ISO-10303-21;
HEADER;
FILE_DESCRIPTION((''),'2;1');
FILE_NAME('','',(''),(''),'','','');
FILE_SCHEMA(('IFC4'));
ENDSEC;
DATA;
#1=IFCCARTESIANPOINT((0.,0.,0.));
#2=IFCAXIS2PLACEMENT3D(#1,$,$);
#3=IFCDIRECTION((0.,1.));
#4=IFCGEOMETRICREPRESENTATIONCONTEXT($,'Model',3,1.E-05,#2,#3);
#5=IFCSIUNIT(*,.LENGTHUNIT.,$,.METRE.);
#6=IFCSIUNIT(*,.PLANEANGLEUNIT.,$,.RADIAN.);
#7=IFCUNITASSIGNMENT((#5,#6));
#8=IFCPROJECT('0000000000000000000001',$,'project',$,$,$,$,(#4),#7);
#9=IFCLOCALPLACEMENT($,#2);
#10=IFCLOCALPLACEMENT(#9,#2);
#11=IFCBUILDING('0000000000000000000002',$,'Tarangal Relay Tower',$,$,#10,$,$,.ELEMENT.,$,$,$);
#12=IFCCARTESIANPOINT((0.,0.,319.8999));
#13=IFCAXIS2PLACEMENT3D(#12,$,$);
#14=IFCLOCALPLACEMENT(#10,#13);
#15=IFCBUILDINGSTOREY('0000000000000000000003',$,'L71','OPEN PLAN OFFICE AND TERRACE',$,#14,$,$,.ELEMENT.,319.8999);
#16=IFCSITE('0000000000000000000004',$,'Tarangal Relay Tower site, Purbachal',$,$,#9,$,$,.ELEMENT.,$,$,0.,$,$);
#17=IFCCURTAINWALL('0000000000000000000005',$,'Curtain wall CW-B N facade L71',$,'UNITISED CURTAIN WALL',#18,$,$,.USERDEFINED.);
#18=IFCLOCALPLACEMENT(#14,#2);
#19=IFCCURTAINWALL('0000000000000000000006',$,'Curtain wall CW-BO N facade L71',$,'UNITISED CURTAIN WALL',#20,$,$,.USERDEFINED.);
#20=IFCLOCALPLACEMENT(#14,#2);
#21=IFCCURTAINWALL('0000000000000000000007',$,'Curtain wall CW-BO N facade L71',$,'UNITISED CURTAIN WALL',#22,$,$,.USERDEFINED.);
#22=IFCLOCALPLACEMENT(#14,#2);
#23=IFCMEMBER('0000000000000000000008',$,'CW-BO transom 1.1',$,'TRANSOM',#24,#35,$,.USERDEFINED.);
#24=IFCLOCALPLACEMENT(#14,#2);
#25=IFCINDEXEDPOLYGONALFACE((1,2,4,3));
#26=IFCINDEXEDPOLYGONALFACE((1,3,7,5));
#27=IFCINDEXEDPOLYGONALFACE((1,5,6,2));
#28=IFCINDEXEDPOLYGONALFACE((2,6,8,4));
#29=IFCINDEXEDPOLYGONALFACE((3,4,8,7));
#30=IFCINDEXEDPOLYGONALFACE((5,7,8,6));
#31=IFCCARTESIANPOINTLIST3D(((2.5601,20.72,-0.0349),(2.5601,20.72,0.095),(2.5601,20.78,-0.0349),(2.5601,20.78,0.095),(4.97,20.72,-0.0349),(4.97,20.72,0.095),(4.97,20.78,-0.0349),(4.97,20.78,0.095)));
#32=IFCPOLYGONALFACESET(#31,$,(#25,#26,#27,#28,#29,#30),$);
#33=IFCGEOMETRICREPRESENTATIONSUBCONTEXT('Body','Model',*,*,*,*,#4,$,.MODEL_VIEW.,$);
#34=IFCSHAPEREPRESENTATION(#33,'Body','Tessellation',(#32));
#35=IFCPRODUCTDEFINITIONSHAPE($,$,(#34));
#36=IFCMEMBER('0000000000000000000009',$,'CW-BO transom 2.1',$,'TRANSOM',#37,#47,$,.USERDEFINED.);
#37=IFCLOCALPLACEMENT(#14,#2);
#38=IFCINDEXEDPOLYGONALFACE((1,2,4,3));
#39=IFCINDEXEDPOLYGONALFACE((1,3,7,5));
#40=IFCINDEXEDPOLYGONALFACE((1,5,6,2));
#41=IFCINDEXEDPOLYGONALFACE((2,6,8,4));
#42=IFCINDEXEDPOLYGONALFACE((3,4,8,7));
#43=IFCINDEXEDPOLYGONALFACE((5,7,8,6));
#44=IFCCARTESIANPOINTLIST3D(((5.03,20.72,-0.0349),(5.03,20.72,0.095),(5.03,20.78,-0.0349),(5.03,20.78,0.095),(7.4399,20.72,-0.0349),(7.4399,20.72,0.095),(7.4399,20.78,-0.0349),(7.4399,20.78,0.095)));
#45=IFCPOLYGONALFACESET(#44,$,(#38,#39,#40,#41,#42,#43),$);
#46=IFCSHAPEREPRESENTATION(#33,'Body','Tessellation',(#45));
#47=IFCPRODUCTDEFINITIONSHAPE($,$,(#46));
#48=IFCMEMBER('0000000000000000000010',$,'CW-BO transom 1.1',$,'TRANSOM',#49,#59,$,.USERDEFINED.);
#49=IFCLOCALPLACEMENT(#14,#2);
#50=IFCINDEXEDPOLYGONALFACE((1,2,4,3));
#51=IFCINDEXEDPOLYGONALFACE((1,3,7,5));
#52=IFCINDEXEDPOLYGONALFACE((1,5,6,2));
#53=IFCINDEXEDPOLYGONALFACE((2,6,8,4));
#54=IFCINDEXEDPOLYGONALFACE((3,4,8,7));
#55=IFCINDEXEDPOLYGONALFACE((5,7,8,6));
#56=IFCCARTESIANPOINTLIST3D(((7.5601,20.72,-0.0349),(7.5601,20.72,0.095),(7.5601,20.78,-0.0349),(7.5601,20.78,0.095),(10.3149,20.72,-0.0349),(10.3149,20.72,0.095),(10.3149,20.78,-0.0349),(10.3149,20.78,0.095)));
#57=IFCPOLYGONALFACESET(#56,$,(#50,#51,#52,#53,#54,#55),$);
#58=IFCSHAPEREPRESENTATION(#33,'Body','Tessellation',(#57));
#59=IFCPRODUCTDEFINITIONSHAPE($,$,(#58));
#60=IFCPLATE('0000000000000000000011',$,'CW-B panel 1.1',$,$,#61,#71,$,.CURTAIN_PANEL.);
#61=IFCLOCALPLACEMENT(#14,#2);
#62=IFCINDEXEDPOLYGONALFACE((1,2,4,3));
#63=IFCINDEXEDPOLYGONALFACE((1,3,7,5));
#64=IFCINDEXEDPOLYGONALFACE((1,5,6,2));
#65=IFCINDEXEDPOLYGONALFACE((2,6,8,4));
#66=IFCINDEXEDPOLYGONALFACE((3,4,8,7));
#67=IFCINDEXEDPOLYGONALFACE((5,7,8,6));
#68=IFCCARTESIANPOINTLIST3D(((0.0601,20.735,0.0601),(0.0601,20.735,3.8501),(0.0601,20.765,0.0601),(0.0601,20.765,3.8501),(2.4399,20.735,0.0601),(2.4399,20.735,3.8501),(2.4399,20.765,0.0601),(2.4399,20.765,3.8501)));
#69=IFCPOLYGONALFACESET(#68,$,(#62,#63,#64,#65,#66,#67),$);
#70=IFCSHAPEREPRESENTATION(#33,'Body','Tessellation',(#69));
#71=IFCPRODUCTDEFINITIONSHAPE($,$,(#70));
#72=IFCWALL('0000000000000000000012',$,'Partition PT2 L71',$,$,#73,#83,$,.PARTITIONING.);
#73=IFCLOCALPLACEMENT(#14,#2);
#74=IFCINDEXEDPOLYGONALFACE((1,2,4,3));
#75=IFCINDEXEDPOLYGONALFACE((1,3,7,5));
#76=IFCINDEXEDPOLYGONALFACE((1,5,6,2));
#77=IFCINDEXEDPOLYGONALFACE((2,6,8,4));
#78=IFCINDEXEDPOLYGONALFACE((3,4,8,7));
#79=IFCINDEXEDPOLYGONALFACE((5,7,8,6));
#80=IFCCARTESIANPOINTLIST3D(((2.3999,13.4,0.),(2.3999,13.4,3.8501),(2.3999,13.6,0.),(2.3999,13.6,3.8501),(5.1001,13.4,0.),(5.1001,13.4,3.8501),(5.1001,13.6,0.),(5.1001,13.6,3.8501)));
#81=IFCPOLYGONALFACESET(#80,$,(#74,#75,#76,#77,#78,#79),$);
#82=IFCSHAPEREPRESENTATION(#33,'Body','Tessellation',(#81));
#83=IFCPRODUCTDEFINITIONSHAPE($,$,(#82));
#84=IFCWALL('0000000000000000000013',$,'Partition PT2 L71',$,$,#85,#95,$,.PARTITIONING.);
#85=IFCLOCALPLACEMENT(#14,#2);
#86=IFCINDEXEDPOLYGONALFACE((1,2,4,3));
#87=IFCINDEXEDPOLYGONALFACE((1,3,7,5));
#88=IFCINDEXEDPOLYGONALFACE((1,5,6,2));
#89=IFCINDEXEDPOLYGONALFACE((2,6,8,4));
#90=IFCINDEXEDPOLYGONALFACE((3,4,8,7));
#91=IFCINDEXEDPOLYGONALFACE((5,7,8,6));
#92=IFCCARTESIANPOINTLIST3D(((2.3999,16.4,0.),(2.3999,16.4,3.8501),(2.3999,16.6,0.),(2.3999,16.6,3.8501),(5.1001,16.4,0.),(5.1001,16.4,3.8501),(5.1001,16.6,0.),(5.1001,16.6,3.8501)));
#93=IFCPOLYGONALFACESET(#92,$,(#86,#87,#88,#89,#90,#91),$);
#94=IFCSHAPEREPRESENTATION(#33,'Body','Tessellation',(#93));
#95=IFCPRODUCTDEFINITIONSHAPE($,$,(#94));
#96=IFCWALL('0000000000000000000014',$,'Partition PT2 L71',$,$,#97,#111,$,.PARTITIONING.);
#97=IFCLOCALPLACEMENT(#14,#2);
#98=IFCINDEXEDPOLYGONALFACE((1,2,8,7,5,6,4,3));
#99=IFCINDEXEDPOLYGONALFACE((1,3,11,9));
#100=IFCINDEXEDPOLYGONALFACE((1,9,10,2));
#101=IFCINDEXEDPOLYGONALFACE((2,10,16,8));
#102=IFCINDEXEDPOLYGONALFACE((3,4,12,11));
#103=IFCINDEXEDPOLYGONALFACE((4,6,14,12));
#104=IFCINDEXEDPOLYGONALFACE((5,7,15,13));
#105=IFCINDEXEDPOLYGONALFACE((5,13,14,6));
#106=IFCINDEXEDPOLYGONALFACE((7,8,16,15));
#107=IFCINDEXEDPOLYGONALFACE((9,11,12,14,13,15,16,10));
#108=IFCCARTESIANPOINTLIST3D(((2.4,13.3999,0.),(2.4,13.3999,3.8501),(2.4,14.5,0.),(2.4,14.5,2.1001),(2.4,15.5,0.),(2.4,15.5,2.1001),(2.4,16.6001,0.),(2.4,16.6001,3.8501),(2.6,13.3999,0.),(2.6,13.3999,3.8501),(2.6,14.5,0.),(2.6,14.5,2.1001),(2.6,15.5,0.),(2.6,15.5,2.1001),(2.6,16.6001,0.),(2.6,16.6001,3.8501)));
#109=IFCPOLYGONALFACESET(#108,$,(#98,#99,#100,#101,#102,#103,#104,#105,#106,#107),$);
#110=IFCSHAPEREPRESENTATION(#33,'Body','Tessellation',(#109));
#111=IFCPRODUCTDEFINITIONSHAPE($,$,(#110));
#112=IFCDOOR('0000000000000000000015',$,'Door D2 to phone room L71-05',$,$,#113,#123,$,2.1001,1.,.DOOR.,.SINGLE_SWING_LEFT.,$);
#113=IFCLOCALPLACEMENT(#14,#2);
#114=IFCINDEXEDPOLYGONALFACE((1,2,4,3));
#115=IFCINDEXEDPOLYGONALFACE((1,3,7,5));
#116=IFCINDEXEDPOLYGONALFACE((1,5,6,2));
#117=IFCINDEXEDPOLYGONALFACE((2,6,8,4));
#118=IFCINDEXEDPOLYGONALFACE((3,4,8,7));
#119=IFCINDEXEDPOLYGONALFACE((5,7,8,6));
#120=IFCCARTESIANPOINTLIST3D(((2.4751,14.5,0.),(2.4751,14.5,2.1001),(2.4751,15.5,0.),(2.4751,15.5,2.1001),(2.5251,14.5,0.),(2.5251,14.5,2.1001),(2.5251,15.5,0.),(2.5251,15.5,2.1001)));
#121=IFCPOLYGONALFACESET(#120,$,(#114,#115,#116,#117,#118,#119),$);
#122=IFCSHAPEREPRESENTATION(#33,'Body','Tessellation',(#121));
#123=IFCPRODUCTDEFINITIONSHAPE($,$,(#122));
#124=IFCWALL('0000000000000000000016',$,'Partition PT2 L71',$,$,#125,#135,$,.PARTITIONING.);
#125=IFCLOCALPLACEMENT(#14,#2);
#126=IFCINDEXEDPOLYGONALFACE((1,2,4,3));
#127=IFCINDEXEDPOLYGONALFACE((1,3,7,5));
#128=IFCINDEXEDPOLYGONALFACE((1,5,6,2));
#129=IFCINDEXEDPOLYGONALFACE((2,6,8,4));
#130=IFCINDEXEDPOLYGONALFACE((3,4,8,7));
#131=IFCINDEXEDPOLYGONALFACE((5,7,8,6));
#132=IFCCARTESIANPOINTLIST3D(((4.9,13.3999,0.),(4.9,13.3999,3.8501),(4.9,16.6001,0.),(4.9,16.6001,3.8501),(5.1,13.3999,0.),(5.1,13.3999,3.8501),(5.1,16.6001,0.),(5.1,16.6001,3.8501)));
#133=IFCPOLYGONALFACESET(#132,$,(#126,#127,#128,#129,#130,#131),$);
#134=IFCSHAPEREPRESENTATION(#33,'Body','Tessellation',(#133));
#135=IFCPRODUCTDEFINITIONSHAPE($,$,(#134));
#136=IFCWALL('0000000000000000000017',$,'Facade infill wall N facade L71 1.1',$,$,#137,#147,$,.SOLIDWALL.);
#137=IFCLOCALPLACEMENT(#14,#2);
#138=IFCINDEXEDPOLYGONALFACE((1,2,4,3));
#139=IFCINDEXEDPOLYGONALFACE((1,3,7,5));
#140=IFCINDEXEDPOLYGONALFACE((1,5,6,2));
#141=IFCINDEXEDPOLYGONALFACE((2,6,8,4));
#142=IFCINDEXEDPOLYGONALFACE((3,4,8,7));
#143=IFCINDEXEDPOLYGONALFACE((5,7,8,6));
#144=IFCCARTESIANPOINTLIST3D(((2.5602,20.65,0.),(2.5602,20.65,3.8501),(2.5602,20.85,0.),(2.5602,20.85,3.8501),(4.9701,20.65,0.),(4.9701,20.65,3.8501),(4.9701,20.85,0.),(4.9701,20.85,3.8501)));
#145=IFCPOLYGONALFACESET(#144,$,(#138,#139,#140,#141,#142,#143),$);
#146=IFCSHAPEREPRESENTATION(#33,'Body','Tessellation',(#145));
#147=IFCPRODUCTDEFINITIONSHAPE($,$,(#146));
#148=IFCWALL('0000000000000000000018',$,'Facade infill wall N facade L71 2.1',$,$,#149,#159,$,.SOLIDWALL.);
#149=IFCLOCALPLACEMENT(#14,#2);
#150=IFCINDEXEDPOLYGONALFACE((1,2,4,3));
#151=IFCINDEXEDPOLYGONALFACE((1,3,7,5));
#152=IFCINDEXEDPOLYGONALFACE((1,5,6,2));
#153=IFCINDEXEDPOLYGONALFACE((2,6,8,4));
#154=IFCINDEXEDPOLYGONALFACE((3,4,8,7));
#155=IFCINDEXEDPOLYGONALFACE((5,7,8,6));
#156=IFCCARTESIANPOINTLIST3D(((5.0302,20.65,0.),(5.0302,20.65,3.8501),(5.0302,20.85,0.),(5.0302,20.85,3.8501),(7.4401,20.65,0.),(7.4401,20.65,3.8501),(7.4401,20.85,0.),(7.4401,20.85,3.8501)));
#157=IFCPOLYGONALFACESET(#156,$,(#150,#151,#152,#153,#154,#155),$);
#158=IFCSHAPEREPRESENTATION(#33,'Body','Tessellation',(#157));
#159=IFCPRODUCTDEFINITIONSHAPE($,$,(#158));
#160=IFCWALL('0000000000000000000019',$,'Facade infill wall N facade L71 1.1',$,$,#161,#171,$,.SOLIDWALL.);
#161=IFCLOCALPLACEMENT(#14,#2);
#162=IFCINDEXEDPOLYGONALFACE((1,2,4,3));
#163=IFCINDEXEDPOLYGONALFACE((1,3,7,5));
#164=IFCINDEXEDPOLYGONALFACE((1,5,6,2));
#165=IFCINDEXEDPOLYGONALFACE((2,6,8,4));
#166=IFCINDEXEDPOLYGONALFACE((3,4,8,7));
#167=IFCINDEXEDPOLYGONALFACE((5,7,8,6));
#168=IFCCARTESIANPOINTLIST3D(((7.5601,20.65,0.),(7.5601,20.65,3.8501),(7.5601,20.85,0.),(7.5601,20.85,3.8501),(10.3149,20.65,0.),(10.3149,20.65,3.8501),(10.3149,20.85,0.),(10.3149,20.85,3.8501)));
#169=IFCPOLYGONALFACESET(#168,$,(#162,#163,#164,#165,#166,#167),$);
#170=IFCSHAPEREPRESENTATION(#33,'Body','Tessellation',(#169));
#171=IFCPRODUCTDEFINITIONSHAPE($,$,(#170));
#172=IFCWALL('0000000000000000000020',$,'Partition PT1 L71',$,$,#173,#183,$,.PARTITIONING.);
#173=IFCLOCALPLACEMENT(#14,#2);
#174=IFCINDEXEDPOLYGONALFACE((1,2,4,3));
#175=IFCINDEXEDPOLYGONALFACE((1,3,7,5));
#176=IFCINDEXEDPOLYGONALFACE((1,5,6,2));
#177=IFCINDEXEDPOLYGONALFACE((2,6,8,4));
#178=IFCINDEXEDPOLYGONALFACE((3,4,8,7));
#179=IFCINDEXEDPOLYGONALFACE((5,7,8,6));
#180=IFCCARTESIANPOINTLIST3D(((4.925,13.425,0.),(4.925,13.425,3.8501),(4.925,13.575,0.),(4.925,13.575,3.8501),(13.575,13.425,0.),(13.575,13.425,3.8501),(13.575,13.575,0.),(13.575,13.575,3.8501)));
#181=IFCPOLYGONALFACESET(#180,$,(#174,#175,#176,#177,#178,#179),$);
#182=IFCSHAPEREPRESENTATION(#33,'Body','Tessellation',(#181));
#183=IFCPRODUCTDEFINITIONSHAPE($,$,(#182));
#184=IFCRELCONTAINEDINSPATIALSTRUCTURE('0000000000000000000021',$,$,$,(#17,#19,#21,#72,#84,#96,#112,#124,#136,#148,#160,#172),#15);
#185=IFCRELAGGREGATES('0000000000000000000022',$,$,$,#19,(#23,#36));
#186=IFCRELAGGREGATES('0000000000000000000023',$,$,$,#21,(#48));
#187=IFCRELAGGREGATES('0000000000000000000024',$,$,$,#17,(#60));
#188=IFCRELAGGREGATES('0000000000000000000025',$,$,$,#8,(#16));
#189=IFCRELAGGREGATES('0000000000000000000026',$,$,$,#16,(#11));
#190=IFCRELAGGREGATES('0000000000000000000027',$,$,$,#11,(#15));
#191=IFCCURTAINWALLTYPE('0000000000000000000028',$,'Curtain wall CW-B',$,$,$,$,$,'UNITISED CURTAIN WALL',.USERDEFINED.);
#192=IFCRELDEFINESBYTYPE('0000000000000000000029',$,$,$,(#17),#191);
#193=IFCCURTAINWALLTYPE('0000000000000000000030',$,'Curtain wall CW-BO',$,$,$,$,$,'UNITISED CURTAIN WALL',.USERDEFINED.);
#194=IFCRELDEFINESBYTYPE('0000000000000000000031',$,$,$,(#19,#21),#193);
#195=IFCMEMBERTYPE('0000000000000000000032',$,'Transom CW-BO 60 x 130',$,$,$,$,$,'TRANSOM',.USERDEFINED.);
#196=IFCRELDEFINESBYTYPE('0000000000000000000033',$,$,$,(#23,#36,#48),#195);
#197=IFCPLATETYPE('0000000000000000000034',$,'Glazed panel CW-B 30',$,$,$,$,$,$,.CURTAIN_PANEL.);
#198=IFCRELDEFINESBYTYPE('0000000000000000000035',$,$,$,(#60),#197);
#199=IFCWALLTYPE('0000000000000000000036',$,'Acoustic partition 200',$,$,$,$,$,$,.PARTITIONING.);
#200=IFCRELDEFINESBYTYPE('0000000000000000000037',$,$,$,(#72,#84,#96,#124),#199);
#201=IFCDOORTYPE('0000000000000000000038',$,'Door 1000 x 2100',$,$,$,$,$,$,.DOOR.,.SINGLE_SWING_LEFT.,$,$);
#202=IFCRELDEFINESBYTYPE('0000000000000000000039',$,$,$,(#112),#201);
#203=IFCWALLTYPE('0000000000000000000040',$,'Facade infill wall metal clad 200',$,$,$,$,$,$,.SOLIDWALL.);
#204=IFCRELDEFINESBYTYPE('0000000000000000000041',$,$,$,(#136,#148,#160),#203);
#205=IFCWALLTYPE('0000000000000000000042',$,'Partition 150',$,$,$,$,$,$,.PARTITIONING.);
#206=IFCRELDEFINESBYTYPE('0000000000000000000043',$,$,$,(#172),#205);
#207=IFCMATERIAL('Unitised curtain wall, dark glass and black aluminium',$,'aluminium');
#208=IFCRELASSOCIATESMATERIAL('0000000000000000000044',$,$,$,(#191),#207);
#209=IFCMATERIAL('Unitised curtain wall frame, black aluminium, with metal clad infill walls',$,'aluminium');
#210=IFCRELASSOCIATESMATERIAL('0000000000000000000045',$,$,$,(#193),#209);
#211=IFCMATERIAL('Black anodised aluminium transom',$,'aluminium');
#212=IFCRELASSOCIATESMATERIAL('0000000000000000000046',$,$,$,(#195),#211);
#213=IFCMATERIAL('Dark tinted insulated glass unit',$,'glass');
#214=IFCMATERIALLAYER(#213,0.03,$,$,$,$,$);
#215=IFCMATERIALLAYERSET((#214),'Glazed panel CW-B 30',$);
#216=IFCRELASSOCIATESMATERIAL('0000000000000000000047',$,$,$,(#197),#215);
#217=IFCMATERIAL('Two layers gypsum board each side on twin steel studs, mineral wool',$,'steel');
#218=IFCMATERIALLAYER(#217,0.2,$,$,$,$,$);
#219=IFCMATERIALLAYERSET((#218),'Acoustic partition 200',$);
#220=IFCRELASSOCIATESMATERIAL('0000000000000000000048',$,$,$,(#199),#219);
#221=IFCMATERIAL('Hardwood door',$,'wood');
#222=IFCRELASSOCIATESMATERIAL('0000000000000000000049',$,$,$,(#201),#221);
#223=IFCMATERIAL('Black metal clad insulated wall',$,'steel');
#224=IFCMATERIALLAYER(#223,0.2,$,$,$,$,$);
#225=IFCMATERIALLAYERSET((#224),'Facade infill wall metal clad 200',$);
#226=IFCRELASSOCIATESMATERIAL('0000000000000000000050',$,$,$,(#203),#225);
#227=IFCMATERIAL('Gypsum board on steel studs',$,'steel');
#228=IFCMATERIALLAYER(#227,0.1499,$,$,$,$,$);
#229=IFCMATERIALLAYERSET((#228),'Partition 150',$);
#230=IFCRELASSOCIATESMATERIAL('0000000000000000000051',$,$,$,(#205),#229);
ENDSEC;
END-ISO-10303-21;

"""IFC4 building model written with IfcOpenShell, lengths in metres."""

from ifc_helpers import new_model, si_unit, direction, frame, frame_2d, origin, origin_2d, place, context, subcontext, project, spatial, rectangle, extrude, material, layer, layer_set, material_profile, profile_set, type_object, element, fill, aggregate, save


model = new_model("IFC4")

# Units and contexts
model_context = context("Model", 3, precision=1e-05, world=origin(), true_north=direction((0.0, 1.0)))
body_context = subcontext(model_context, "Body", "Model", "MODEL_VIEW")
ifc_project = project(units=[si_unit("LENGTHUNIT", "METRE"), si_unit("PLANEANGLEUNIT", "RADIAN")], contexts=[model_context])

# Site, building, storey
site_placement = place(None, origin())
site = spatial("IfcSite", under=ifc_project, at=site_placement, Name="Tarangal Relay Tower site, Purbachal", CompositionType="ELEMENT", RefElevation=0.0)
building_placement = place(site_placement, origin())
building = spatial("IfcBuilding", under=site, at=building_placement, Name="Tarangal Relay Tower", CompositionType="ELEMENT")
storey_placement = place(building_placement, frame((0.0, 0.0, 319.8999)))
storey = spatial("IfcBuildingStorey", under=building, at=storey_placement, Name="L71", Description="OPEN PLAN OFFICE AND TERRACE", CompositionType="ELEMENT", Elevation=319.8999)

# Curtain wall
ifc_material_1 = material(Name="Unitised curtain wall, dark glass and black aluminium", Category="aluminium")
curtain_wall_type_1 = type_object("IfcCurtainWallType", Name="Curtain wall CW-B", ElementType="UNITISED CURTAIN WALL", PredefinedType="USERDEFINED", material=ifc_material_1)
curtain_wall_1_placement = place(storey_placement, origin())
curtain_wall_1 = element("IfcCurtainWall", 1, at=curtain_wall_1_placement, inside=storey, type_object=curtain_wall_type_1, Name="Curtain wall CW-B N facade L71", ObjectType="UNITISED CURTAIN WALL", PredefinedType="USERDEFINED")

# Curtain walls
ifc_material_2 = material(Name="Unitised curtain wall frame, black aluminium, with metal clad infill walls", Category="aluminium")
curtain_wall_type_2 = type_object("IfcCurtainWallType", Name="Curtain wall CW-BO", ElementType="UNITISED CURTAIN WALL", PredefinedType="USERDEFINED", material=ifc_material_2)
curtain_wall_2_placement = place(storey_placement, origin())
curtain_wall_2 = element("IfcCurtainWall", 2, at=curtain_wall_2_placement, inside=storey, type_object=curtain_wall_type_2, Name="Curtain wall CW-BO N facade L71", ObjectType="UNITISED CURTAIN WALL", PredefinedType="USERDEFINED")
curtain_wall_3_placement = place(storey_placement, origin())
curtain_wall_3 = element("IfcCurtainWall", 3, at=curtain_wall_3_placement, inside=storey, type_object=curtain_wall_type_2, Name="Curtain wall CW-BO N facade L71", ObjectType="UNITISED CURTAIN WALL", PredefinedType="USERDEFINED")

# Members
ifc_material_3 = material(Name="Black anodised aluminium transom", Category="aluminium")
ifc_material_profile_1 = material_profile(ifc_material_3, rectangle(XDim=0.0601, YDim=0.1299, at=origin_2d()), Name="CW-BOT 60X130")
ifc_profile_set_1 = profile_set([ifc_material_profile_1], Name="Black anodised aluminium transom")
member_type_1 = type_object("IfcMemberType", Name="Transom CW-BO 60 x 130", ElementType="TRANSOM", PredefinedType="USERDEFINED", material=ifc_profile_set_1)
member_1_placement = place(storey_placement, frame((2.5601, 20.75, 0.03), z_axis=(1.0, 0.0, 0.0), x_axis=(0.0, 1.0, 0.0)))
member_1 = element("IfcMember", 4, at=member_1_placement, type_object=member_type_1, Name="CW-BO transom 1.1", ObjectType="TRANSOM", PredefinedType="USERDEFINED", context=body_context, shape_type="SweptSolid", body=[
    extrude(rectangle(XDim=0.0601, YDim=0.1299, at=origin_2d()), origin(), (0.0, 0.0, 1.0), 2.4099),
])
member_2_placement = place(storey_placement, frame((5.03, 20.75, 0.03), z_axis=(1.0, 0.0, 0.0), x_axis=(0.0, 1.0, 0.0)))
member_2 = element("IfcMember", 5, at=member_2_placement, type_object=member_type_1, Name="CW-BO transom 2.1", ObjectType="TRANSOM", PredefinedType="USERDEFINED", context=body_context, shape_type="SweptSolid", body=[
    extrude(rectangle(XDim=0.0601, YDim=0.1299, at=origin_2d()), origin(), (0.0, 0.0, 1.0), 2.4099),
])
aggregate(curtain_wall_2, [member_1, member_2])
member_3_placement = place(storey_placement, frame((7.5601, 20.75, 0.03), z_axis=(1.0, 0.0, 0.0), x_axis=(0.0, 1.0, 0.0)))
member_3 = element("IfcMember", 6, at=member_3_placement, type_object=member_type_1, Name="CW-BO transom 1.1", ObjectType="TRANSOM", PredefinedType="USERDEFINED", context=body_context, shape_type="SweptSolid", body=[
    extrude(rectangle(XDim=0.0601, YDim=0.1299, at=origin_2d()), origin(), (0.0, 0.0, 1.0), 2.7549),
])
aggregate(curtain_wall_3, [member_3])

# Plate
ifc_material_4 = material(Name="Dark tinted insulated glass unit", Category="glass")
ifc_layer_1 = layer(ifc_material_4, 0.03)
ifc_layer_set_1 = layer_set([ifc_layer_1], Name="Glazed panel CW-B 30")
plate_type = type_object("IfcPlateType", Name="Glazed panel CW-B 30", PredefinedType="CURTAIN_PANEL", material=ifc_layer_set_1)
plate_placement = place(storey_placement, frame((1.25, 20.75, 0.0601), z_axis=(0.0, 0.0, 1.0), x_axis=(1.0, 0.0, 0.0)))
plate = element("IfcPlate", 7, at=plate_placement, type_object=plate_type, Name="CW-B panel 1.1", PredefinedType="CURTAIN_PANEL", context=body_context, shape_type="SweptSolid", body=[
    extrude(rectangle(XDim=2.3799, YDim=0.03, at=origin_2d()), origin(), (0.0, 0.0, 1.0), 3.79),
])
aggregate(curtain_wall_1, [plate])

# Walls
ifc_material_5 = material(Name="Two layers gypsum board each side on twin steel studs, mineral wool", Category="steel")
ifc_layer_2 = layer(ifc_material_5, 0.2)
ifc_layer_set_2 = layer_set([ifc_layer_2], Name="Acoustic partition 200")
wall_type_1 = type_object("IfcWallType", Name="Acoustic partition 200", PredefinedType="PARTITIONING", material=ifc_layer_set_2)
for number, where, z_axis, x_axis, name in (
    (8, (2.3999, 13.5, 0.0), (0.0, 0.0, 1.0), (1.0, 0.0, 0.0), "Partition PT2 L71"),
    (9, (2.3999, 16.5, 0.0), (0.0, 0.0, 1.0), (1.0, 0.0, 0.0), "Partition PT2 L71"),
):
    element("IfcWall", number, at=place(storey_placement, frame(where, z_axis=z_axis, x_axis=x_axis)), inside=storey, type_object=wall_type_1, Name=name, PredefinedType="PARTITIONING", context=body_context, shape_type="SweptSolid", body=[
        extrude(rectangle(XDim=2.7002, YDim=0.2, at=frame_2d((1.3501, 0.0))), origin(), (0.0, 0.0, 1.0), 3.8501),
    ])

# Wall, opening, door
wall_1_placement = place(storey_placement, frame((2.5, 13.3999, 0.0), z_axis=(0.0, 0.0, 1.0), x_axis=(0.0, 1.0, 0.0)))
wall_1 = element("IfcWall", 10, at=wall_1_placement, inside=storey, type_object=wall_type_1, Name="Partition PT2 L71", PredefinedType="PARTITIONING", context=body_context, shape_type="SweptSolid", body=[
    extrude(rectangle(XDim=3.2002, YDim=0.2, at=frame_2d((1.6001, 0.0))), origin(), (0.0, 0.0, 1.0), 3.8501),
])
opening_1_placement = place(wall_1_placement, frame((1.1001, 0.0, 0.0)))
opening_1 = element("IfcOpeningElement", 11, at=opening_1_placement, cuts=wall_1, PredefinedType="OPENING", context=body_context, shape_type="SweptSolid", body=[
    extrude(rectangle(XDim=1.0, YDim=2.1001, at=frame_2d((0.5, 1.05))), frame((0.0, 0.1099, 0.0), z_axis=(0.0, -1.0, 0.0), x_axis=(1.0, 0.0, 0.0)), (0.0, 0.0, 1.0), 0.22),
])
ifc_material_6 = material(Name="Hardwood door", Category="wood")
door_type = type_object("IfcDoorType", Name="Door 1000 x 2100", OperationType="SINGLE_SWING_LEFT", PredefinedType="DOOR", material=ifc_material_6)
door_1_placement = place(opening_1_placement, origin())
door_1 = element("IfcDoor", 12, at=door_1_placement, inside=storey, type_object=door_type, Name="Door D2 to phone room L71-05", OperationType="SINGLE_SWING_LEFT", OverallHeight=2.1001, OverallWidth=1.0, PredefinedType="DOOR", context=body_context, shape_type="SweptSolid", body=[
    extrude(rectangle(XDim=1.0, YDim=2.1001, at=frame_2d((0.5, 1.05))), frame((0.0, 0.0249, 0.0), z_axis=(0.0, -1.0, 0.0), x_axis=(1.0, 0.0, 0.0)), (0.0, 0.0, 1.0), 0.05),
])
fill(opening_1, door_1)

# Walls
wall_2_placement = place(storey_placement, frame((5.0, 13.3999, 0.0), z_axis=(0.0, 0.0, 1.0), x_axis=(0.0, 1.0, 0.0)))
element("IfcWall", 13, at=wall_2_placement, inside=storey, type_object=wall_type_1, Name="Partition PT2 L71", PredefinedType="PARTITIONING", context=body_context, shape_type="SweptSolid", body=[
    extrude(rectangle(XDim=3.2002, YDim=0.2, at=frame_2d((1.6001, 0.0))), origin(), (0.0, 0.0, 1.0), 3.8501),
])
ifc_material_7 = material(Name="Black metal clad insulated wall", Category="steel")
ifc_layer_3 = layer(ifc_material_7, 0.2)
ifc_layer_set_3 = layer_set([ifc_layer_3], Name="Facade infill wall metal clad 200")
wall_type_2 = type_object("IfcWallType", Name="Facade infill wall metal clad 200", PredefinedType="SOLIDWALL", material=ifc_layer_set_3)
for number, where, z_axis, x_axis, name in (
    (14, (2.5601, 20.75, 0.0), (0.0, 0.0, 1.0), (1.0, 0.0, 0.0), "Facade infill wall N facade L71 1.1"),
    (15, (5.03, 20.75, 0.0), (0.0, 0.0, 1.0), (1.0, 0.0, 0.0), "Facade infill wall N facade L71 2.1"),
):
    element("IfcWall", number, at=place(storey_placement, frame(where, z_axis=z_axis, x_axis=x_axis)), inside=storey, type_object=wall_type_2, Name=name, PredefinedType="SOLIDWALL", context=body_context, shape_type="SweptSolid", body=[
        extrude(rectangle(XDim=2.4099, YDim=0.2, at=frame_2d((1.2051, 0.0))), origin(), (0.0, 0.0, 1.0), 3.8501),
    ])
wall_3_placement = place(storey_placement, frame((7.5601, 20.75, 0.0), z_axis=(0.0, 0.0, 1.0), x_axis=(1.0, 0.0, 0.0)))
element("IfcWall", 16, at=wall_3_placement, inside=storey, type_object=wall_type_2, Name="Facade infill wall N facade L71 1.1", PredefinedType="SOLIDWALL", context=body_context, shape_type="SweptSolid", body=[
    extrude(rectangle(XDim=2.7549, YDim=0.2, at=frame_2d((1.3774, 0.0))), origin(), (0.0, 0.0, 1.0), 3.8501),
])
ifc_material_8 = material(Name="Gypsum board on steel studs", Category="steel")
ifc_layer_4 = layer(ifc_material_8, 0.1499)
ifc_layer_set_4 = layer_set([ifc_layer_4], Name="Partition 150")
wall_type_3 = type_object("IfcWallType", Name="Partition 150", PredefinedType="PARTITIONING", material=ifc_layer_set_4)
wall_4_placement = place(storey_placement, frame((4.925, 13.5, 0.0), z_axis=(0.0, 0.0, 1.0), x_axis=(1.0, 0.0, 0.0)))
element("IfcWall", 17, at=wall_4_placement, inside=storey, type_object=wall_type_3, Name="Partition PT1 L71", PredefinedType="PARTITIONING", context=body_context, shape_type="SweptSolid", body=[
    extrude(rectangle(XDim=8.6499, YDim=0.1499, at=frame_2d((4.325, 0.0))), origin(), (0.0, 0.0, 1.0), 3.8501),
])

save(model, "model.ifc")
